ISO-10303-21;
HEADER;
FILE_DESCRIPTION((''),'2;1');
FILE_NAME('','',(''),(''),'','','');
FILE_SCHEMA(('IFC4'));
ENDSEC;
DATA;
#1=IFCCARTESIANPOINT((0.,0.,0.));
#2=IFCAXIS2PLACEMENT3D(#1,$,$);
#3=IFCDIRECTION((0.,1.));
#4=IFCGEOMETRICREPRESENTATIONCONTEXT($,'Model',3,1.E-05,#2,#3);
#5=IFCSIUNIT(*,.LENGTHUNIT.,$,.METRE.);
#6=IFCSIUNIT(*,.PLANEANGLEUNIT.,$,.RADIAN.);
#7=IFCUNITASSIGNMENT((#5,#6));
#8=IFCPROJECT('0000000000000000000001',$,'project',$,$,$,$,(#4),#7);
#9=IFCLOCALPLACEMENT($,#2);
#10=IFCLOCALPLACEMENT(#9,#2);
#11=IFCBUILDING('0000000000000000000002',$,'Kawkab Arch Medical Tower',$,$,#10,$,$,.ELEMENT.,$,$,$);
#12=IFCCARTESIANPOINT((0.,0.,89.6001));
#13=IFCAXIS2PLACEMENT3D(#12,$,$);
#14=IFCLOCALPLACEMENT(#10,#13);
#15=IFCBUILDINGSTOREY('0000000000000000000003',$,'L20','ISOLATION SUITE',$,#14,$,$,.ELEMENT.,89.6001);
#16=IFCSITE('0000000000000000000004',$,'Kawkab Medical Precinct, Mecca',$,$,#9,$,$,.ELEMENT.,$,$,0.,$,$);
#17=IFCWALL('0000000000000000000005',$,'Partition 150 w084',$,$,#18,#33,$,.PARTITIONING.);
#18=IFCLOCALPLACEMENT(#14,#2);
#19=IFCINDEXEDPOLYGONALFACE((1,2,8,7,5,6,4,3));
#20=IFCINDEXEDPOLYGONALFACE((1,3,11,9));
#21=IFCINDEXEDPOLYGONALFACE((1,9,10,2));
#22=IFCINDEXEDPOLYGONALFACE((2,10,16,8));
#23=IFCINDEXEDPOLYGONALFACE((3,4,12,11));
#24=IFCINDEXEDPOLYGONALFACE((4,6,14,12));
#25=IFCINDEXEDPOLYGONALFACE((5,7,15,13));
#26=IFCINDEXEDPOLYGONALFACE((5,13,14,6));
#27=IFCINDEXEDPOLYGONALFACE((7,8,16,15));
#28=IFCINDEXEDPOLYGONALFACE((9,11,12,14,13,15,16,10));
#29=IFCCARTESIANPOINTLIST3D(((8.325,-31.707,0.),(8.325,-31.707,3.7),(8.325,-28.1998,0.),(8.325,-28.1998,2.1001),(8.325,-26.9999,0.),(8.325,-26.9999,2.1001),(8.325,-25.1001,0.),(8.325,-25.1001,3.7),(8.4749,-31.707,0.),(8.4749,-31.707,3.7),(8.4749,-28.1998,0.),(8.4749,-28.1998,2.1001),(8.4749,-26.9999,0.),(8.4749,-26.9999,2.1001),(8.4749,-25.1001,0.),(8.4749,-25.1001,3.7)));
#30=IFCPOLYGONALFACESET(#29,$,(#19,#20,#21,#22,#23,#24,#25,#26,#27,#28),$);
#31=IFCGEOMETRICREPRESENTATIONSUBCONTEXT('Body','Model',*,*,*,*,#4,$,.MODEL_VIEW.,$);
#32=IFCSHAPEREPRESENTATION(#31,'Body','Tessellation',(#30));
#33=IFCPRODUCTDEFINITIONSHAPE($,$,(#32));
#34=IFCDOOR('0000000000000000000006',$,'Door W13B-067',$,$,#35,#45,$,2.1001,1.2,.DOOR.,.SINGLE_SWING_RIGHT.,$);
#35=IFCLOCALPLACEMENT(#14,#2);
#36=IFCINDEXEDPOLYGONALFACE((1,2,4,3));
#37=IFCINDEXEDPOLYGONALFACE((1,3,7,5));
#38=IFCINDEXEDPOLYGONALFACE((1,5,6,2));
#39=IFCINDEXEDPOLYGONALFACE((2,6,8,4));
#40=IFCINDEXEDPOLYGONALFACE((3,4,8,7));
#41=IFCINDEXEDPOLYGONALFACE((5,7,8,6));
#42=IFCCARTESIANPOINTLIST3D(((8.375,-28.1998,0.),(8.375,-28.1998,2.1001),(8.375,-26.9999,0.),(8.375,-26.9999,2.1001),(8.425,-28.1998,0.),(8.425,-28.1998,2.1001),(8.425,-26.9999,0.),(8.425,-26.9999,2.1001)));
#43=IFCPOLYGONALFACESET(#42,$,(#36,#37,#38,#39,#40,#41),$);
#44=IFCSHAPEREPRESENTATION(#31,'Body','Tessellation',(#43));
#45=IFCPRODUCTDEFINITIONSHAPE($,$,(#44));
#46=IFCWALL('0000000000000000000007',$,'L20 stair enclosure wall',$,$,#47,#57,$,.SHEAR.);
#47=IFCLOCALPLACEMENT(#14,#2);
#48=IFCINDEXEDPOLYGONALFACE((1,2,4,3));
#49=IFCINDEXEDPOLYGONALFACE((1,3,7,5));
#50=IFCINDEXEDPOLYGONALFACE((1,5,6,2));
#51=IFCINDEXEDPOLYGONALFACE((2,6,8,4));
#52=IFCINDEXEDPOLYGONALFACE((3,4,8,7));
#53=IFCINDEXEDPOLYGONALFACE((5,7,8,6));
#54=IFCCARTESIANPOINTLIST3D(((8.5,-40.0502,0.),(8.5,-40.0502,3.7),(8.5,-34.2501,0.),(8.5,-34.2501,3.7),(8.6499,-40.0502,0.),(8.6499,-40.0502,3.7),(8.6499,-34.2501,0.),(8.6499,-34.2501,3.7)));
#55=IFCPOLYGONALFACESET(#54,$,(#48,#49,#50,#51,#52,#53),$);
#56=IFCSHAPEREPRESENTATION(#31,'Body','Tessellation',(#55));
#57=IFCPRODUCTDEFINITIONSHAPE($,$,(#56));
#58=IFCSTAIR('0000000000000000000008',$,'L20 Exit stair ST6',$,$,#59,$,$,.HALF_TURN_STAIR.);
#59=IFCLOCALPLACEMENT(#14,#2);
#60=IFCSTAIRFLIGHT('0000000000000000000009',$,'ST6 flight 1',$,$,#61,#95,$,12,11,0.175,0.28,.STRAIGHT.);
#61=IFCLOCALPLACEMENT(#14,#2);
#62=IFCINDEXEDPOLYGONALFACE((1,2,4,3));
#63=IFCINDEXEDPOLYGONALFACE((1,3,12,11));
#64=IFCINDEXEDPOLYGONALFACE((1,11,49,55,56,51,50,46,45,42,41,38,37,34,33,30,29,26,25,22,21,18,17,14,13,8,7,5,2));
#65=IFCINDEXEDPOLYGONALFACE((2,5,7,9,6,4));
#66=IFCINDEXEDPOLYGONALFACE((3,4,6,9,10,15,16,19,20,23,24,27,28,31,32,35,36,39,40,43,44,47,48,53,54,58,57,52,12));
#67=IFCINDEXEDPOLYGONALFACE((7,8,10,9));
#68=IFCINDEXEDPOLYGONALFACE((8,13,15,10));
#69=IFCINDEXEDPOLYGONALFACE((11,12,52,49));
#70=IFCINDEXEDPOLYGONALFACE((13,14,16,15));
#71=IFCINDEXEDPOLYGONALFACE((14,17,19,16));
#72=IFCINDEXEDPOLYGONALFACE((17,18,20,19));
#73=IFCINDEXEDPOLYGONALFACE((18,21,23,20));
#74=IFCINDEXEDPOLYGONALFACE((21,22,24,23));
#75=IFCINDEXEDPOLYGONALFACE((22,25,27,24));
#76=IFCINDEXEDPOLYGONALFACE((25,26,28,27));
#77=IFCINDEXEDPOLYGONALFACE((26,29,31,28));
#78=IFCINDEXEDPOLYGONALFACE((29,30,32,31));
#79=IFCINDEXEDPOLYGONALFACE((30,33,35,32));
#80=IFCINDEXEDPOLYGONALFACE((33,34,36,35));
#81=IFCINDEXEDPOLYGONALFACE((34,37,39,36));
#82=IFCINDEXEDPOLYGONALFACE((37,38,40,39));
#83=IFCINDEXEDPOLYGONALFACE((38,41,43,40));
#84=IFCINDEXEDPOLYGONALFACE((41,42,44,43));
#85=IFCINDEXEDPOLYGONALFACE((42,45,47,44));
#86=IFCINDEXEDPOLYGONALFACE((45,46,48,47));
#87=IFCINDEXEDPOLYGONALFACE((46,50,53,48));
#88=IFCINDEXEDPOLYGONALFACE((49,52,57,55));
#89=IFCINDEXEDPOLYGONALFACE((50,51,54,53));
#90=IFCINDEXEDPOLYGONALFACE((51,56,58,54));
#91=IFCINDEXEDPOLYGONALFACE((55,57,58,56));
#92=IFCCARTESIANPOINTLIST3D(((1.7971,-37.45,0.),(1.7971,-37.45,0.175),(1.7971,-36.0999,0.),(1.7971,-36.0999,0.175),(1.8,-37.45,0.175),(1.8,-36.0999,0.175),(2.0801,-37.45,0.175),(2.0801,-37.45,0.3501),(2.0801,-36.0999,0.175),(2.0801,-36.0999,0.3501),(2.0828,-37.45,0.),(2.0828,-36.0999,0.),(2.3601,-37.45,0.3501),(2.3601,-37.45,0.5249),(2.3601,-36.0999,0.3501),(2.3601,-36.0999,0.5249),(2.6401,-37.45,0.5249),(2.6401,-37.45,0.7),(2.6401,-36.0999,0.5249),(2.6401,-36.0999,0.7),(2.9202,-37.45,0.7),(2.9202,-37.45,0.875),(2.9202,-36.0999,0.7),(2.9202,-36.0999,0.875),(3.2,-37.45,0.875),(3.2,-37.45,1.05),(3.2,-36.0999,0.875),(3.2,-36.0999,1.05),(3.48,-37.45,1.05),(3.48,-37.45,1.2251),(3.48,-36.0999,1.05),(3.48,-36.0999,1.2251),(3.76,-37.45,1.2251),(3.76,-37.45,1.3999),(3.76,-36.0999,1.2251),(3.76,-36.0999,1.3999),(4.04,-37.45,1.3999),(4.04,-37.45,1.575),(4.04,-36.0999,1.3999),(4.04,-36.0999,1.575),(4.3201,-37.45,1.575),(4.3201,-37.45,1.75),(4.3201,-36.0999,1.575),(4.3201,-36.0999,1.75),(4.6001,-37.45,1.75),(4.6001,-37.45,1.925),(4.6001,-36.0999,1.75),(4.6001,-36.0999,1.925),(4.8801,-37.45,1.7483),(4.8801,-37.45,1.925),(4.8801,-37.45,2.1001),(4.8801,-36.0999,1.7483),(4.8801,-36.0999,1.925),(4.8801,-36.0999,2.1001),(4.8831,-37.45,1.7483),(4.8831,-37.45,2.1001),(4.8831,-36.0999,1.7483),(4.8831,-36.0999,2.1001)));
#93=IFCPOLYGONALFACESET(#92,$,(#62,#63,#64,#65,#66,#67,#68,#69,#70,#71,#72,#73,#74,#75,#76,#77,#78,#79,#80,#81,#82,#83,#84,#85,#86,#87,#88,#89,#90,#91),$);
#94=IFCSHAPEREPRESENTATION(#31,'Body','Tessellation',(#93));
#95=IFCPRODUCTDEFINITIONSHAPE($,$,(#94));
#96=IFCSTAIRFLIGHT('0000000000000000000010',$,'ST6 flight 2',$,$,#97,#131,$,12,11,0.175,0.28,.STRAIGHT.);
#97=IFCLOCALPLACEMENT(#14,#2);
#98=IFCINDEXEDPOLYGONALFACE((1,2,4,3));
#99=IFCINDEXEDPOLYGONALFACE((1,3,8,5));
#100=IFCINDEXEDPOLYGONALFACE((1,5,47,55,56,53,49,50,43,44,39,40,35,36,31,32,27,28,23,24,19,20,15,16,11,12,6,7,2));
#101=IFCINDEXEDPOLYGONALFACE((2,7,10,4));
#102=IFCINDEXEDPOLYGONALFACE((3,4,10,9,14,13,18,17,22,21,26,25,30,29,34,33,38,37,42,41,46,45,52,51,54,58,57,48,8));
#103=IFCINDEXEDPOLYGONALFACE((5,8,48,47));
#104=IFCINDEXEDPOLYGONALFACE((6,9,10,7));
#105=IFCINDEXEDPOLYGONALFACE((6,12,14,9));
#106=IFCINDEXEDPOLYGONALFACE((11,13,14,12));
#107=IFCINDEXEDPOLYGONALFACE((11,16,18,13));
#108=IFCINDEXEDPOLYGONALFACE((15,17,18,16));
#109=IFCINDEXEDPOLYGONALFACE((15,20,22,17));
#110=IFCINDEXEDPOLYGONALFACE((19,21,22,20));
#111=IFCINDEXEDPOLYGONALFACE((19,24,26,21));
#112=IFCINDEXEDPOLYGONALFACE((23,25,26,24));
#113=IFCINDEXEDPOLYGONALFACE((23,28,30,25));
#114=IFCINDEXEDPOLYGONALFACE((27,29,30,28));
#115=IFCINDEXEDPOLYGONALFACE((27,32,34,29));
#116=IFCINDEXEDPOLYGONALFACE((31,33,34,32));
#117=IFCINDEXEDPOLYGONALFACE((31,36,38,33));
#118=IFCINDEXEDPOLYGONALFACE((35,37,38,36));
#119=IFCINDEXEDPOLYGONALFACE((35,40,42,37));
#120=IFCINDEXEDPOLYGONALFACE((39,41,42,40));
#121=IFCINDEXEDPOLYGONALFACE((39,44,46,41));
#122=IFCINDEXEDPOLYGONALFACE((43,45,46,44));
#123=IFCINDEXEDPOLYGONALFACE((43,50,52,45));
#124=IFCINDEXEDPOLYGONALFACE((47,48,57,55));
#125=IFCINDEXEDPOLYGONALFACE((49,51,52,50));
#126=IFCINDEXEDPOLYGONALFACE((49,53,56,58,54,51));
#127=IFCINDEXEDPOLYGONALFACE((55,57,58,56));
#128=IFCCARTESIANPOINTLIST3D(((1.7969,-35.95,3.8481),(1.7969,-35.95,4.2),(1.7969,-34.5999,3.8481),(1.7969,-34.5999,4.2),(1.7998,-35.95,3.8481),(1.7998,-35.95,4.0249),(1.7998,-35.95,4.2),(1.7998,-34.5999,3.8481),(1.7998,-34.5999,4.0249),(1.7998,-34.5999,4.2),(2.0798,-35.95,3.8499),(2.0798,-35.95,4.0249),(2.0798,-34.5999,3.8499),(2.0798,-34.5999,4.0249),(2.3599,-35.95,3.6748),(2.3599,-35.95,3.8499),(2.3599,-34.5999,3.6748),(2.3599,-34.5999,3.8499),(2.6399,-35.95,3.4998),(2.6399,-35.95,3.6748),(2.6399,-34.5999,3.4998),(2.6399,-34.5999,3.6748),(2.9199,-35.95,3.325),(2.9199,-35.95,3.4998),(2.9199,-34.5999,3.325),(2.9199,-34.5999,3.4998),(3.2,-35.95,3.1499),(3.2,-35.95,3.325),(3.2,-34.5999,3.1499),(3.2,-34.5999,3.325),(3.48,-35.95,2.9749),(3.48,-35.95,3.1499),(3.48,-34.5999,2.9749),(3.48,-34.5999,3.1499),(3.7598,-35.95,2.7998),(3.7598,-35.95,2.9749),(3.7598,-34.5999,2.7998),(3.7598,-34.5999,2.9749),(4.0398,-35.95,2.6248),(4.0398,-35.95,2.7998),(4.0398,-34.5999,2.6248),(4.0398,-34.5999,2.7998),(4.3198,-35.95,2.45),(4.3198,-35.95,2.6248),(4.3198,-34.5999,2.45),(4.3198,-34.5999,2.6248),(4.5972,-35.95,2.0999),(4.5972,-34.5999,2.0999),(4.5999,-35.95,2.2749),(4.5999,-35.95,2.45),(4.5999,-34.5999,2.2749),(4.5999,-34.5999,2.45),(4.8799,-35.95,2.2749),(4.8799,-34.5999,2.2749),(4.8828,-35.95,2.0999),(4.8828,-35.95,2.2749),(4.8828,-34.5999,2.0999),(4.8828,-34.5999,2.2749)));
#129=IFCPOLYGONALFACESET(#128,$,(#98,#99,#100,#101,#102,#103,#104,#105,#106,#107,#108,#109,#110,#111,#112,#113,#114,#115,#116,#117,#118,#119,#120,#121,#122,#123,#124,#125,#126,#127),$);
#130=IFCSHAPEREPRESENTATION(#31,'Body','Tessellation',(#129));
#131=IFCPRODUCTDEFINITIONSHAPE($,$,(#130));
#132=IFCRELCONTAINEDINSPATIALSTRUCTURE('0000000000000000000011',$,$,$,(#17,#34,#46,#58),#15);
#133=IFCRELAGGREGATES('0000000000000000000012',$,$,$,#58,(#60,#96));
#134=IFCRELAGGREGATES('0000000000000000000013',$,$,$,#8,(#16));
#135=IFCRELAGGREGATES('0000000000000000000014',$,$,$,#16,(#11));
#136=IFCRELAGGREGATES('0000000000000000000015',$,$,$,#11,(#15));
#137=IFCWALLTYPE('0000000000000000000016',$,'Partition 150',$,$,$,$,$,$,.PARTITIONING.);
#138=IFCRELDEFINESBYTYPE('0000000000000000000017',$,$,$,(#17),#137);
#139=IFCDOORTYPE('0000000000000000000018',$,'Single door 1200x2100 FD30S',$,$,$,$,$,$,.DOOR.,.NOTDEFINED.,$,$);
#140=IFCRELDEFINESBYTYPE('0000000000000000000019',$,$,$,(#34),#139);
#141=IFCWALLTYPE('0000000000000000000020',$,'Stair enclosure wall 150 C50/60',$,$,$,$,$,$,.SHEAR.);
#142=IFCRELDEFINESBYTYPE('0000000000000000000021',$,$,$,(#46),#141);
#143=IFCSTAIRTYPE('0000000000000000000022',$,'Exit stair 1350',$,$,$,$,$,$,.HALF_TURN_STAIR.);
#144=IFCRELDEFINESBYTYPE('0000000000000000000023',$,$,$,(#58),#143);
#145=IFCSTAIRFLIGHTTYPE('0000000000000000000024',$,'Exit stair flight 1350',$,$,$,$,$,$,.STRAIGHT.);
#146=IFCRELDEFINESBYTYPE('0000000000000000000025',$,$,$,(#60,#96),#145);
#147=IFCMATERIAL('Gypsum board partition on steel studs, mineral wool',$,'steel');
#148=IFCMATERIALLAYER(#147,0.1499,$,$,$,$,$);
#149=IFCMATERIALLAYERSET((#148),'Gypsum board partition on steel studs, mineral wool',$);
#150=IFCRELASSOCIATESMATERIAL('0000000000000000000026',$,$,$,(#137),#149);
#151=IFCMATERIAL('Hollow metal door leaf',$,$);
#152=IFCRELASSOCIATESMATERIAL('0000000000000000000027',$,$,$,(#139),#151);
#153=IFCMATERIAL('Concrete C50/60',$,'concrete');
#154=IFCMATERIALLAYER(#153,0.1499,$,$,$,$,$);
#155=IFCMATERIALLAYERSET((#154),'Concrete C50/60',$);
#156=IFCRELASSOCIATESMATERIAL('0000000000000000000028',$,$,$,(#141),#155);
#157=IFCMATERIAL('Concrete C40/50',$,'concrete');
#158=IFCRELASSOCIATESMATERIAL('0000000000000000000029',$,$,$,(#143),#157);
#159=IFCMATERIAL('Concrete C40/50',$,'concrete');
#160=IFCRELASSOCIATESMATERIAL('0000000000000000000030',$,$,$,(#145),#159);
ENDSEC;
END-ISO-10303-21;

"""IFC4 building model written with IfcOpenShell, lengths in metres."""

from ifc_helpers import new_model, si_unit, direction, frame, frame_2d, origin, place, context, subcontext, project, spatial, polyline, rectangle, outline, extrude, material, layer, layer_set, type_object, element, fill, aggregate, save


model = new_model("IFC4")

# Units and contexts
model_context = context("Model", 3, precision=1e-05, world=origin(), true_north=direction((0.0, 1.0)))
body_context = subcontext(model_context, "Body", "Model", "MODEL_VIEW")
ifc_project = project(units=[si_unit("LENGTHUNIT", "METRE"), si_unit("PLANEANGLEUNIT", "RADIAN")], contexts=[model_context])

# Site, building, storey
site_placement = place(None, origin())
site = spatial("IfcSite", under=ifc_project, at=site_placement, Name="Kawkab Medical Precinct, Mecca", CompositionType="ELEMENT", RefElevation=0.0)
building_placement = place(site_placement, origin())
building = spatial("IfcBuilding", under=site, at=building_placement, Name="Kawkab Arch Medical Tower", CompositionType="ELEMENT")
storey_placement = place(building_placement, frame((0.0, 0.0, 89.6001)))
storey = spatial("IfcBuildingStorey", under=building, at=storey_placement, Name="L20", Description="ISOLATION SUITE", CompositionType="ELEMENT", Elevation=89.6001)

# Shared definitions
ifc_material_1 = material(Name="Gypsum board partition on steel studs, mineral wool", Category="steel")
ifc_layer_1 = layer(ifc_material_1, 0.1499)
ifc_layer_set_1 = layer_set([ifc_layer_1], Name="Gypsum board partition on steel studs, mineral wool")
wall_type_1 = type_object("IfcWallType", Name="Partition 150", PredefinedType="PARTITIONING", material=ifc_layer_set_1)

# Wall, opening, door
wall_1_placement = place(storey_placement, frame((8.3999, -31.707, 0.0), z_axis=(0.0, 0.0, 1.0), x_axis=(0.0, 1.0, 0.0)))
wall_1 = element("IfcWall", 1, at=wall_1_placement, inside=storey, type_object=wall_type_1, Name="Partition 150 w084", PredefinedType="PARTITIONING", context=body_context, shape_type="SweptSolid", body=[
    extrude(rectangle(XDim=6.6069, YDim=0.1499, at=frame_2d((3.3035, 0.0))), origin(), (0.0, 0.0, 1.0), 3.7),
])
opening_1_placement = place(wall_1_placement, frame((3.5071, 0.0, 0.0)))
opening_1 = element("IfcOpeningElement", 2, at=opening_1_placement, cuts=wall_1, PredefinedType="OPENING", context=body_context, shape_type="SweptSolid", body=[
    extrude(rectangle(XDim=1.2, YDim=2.1001, at=frame_2d((0.6001, 1.05))), frame((0.0, 0.085, 0.0), z_axis=(0.0, -1.0, 0.0), x_axis=(1.0, 0.0, 0.0)), (0.0, 0.0, 1.0), 0.1699),
])
ifc_material_2 = material(Name="Hollow metal door leaf")
door_type_1 = type_object("IfcDoorType", Name="Single door 1200x2100 FD30S", OperationType="NOTDEFINED", PredefinedType="DOOR", material=ifc_material_2)
door_1_placement = place(opening_1_placement, origin())
door_1 = element("IfcDoor", 3, at=door_1_placement, inside=storey, type_object=door_type_1, Name="Door W13B-067", OperationType="SINGLE_SWING_RIGHT", OverallHeight=2.1001, OverallWidth=1.2, PredefinedType="DOOR", context=body_context, shape_type="SweptSolid", body=[
    extrude(rectangle(XDim=1.2, YDim=2.1001, at=frame_2d((0.6001, 1.05))), frame((0.0, 0.0249, 0.0), z_axis=(0.0, -1.0, 0.0), x_axis=(1.0, 0.0, 0.0)), (0.0, 0.0, 1.0), 0.05),
])
fill(opening_1, door_1)

# Wall
ifc_material_3 = material(Name="Concrete C50/60", Category="concrete")
ifc_layer_2 = layer(ifc_material_3, 0.1499)
ifc_layer_set_2 = layer_set([ifc_layer_2], Name="Concrete C50/60")
wall_type_2 = type_object("IfcWallType", Name="Stair enclosure wall 150 C50/60", PredefinedType="SHEAR", material=ifc_layer_set_2)
wall_2_placement = place(storey_placement, frame((8.575, -40.05, 0.0), z_axis=(0.0, 0.0, 1.0), x_axis=(0.0, 1.0, 0.0)))
element("IfcWall", 4, at=wall_2_placement, inside=storey, type_object=wall_type_2, Name="L20 stair enclosure wall", PredefinedType="SHEAR", context=body_context, shape_type="SweptSolid", body=[
    extrude(rectangle(XDim=5.8, YDim=0.1499, at=frame_2d((2.8999, 0.0))), origin(), (0.0, 0.0, 1.0), 3.7),
])

# Stair, stair flights
ifc_material_4 = material(Name="Concrete C40/50", Category="concrete")
stair_type = type_object("IfcStairType", Name="Exit stair 1350", PredefinedType="HALF_TURN_STAIR", material=ifc_material_4)
stair_placement = place(storey_placement, origin())
stair = element("IfcStair", 5, at=stair_placement, inside=storey, type_object=stair_type, Name="L20 Exit stair ST6", PredefinedType="HALF_TURN_STAIR")
ifc_material_5 = material(Name="Concrete C40/50", Category="concrete")
stair_flight_type = type_object("IfcStairFlightType", Name="Exit stair flight 1350", PredefinedType="STRAIGHT", material=ifc_material_5)
stair_flight_1_placement = place(storey_placement, frame((1.8, -36.7749, 0.0), z_axis=(0.0, 0.0, 1.0), x_axis=(1.0, 0.0, 0.0)))
stair_flight_1 = element("IfcStairFlight", 6, at=stair_flight_1_placement, type_object=stair_flight_type, Name="ST6 flight 1", NumberOfRisers=12, NumberOfTreads=11, PredefinedType="STRAIGHT", RiserHeight=0.175, TreadLength=0.28, context=body_context, shape_type="SweptSolid", body=[
    extrude(outline(polyline([(-0.0029, 0.0), (-0.0029, 0.175), (0.0, 0.175), (0.28, 0.175), (0.28, 0.3501), (0.5601, 0.3501), (0.5601, 0.5249), (0.8401, 0.5249), (0.8401, 0.7), (1.1201, 0.7), (1.1201, 0.875), (1.3999, 0.875), (1.3999, 1.05), (1.6799, 1.05), (1.6799, 1.2251), (1.96, 1.2251), (1.96, 1.3999), (2.24, 1.3999), (2.24, 1.575), (2.52, 1.575), (2.52, 1.75), (2.8, 1.75), (2.8, 1.925), (3.0801, 1.925), (3.0801, 2.1001), (3.083, 2.1001), (3.083, 1.7483), (3.0801, 1.7483), (0.2827, 0.0), (-0.0029, 0.0)])), frame((0.0, 0.675, 0.0), z_axis=(0.0, -1.0, 0.0), x_axis=(1.0, 0.0, 0.0)), (0.0, 0.0, 1.0), 1.3501),
])
stair_flight_2_placement = place(storey_placement, frame((4.8799, -35.2749, 2.0999), z_axis=(0.0, 0.0, 1.0), x_axis=(-1.0, 0.0, 0.0)))
stair_flight_2 = element("IfcStairFlight", 7, at=stair_flight_2_placement, type_object=stair_flight_type, Name="ST6 flight 2", NumberOfRisers=12, NumberOfTreads=11, PredefinedType="STRAIGHT", RiserHeight=0.175, TreadLength=0.28, context=body_context, shape_type="SweptSolid", body=[
    extrude(outline(polyline([(-0.0029, 0.0), (-0.0029, 0.175), (0.0, 0.175), (0.28, 0.175), (0.28, 0.3501), (0.5601, 0.3501), (0.5601, 0.5249), (0.8401, 0.5249), (0.8401, 0.7), (1.1201, 0.7), (1.1201, 0.875), (1.3999, 0.875), (1.3999, 1.05), (1.6799, 1.05), (1.6799, 1.2251), (1.96, 1.2251), (1.96, 1.3999), (2.24, 1.3999), (2.24, 1.575), (2.52, 1.575), (2.52, 1.75), (2.8, 1.75), (2.8, 1.925), (3.0801, 1.925), (3.0801, 2.1001), (3.083, 2.1001), (3.083, 1.7483), (3.0801, 1.7483), (0.2827, 0.0), (-0.0029, 0.0)])), frame((0.0, 0.675, 0.0), z_axis=(0.0, -1.0, 0.0), x_axis=(1.0, 0.0, 0.0)), (0.0, 0.0, 1.0), 1.3501),
])
aggregate(stair, [stair_flight_1, stair_flight_2])

save(model, "model.ifc")
